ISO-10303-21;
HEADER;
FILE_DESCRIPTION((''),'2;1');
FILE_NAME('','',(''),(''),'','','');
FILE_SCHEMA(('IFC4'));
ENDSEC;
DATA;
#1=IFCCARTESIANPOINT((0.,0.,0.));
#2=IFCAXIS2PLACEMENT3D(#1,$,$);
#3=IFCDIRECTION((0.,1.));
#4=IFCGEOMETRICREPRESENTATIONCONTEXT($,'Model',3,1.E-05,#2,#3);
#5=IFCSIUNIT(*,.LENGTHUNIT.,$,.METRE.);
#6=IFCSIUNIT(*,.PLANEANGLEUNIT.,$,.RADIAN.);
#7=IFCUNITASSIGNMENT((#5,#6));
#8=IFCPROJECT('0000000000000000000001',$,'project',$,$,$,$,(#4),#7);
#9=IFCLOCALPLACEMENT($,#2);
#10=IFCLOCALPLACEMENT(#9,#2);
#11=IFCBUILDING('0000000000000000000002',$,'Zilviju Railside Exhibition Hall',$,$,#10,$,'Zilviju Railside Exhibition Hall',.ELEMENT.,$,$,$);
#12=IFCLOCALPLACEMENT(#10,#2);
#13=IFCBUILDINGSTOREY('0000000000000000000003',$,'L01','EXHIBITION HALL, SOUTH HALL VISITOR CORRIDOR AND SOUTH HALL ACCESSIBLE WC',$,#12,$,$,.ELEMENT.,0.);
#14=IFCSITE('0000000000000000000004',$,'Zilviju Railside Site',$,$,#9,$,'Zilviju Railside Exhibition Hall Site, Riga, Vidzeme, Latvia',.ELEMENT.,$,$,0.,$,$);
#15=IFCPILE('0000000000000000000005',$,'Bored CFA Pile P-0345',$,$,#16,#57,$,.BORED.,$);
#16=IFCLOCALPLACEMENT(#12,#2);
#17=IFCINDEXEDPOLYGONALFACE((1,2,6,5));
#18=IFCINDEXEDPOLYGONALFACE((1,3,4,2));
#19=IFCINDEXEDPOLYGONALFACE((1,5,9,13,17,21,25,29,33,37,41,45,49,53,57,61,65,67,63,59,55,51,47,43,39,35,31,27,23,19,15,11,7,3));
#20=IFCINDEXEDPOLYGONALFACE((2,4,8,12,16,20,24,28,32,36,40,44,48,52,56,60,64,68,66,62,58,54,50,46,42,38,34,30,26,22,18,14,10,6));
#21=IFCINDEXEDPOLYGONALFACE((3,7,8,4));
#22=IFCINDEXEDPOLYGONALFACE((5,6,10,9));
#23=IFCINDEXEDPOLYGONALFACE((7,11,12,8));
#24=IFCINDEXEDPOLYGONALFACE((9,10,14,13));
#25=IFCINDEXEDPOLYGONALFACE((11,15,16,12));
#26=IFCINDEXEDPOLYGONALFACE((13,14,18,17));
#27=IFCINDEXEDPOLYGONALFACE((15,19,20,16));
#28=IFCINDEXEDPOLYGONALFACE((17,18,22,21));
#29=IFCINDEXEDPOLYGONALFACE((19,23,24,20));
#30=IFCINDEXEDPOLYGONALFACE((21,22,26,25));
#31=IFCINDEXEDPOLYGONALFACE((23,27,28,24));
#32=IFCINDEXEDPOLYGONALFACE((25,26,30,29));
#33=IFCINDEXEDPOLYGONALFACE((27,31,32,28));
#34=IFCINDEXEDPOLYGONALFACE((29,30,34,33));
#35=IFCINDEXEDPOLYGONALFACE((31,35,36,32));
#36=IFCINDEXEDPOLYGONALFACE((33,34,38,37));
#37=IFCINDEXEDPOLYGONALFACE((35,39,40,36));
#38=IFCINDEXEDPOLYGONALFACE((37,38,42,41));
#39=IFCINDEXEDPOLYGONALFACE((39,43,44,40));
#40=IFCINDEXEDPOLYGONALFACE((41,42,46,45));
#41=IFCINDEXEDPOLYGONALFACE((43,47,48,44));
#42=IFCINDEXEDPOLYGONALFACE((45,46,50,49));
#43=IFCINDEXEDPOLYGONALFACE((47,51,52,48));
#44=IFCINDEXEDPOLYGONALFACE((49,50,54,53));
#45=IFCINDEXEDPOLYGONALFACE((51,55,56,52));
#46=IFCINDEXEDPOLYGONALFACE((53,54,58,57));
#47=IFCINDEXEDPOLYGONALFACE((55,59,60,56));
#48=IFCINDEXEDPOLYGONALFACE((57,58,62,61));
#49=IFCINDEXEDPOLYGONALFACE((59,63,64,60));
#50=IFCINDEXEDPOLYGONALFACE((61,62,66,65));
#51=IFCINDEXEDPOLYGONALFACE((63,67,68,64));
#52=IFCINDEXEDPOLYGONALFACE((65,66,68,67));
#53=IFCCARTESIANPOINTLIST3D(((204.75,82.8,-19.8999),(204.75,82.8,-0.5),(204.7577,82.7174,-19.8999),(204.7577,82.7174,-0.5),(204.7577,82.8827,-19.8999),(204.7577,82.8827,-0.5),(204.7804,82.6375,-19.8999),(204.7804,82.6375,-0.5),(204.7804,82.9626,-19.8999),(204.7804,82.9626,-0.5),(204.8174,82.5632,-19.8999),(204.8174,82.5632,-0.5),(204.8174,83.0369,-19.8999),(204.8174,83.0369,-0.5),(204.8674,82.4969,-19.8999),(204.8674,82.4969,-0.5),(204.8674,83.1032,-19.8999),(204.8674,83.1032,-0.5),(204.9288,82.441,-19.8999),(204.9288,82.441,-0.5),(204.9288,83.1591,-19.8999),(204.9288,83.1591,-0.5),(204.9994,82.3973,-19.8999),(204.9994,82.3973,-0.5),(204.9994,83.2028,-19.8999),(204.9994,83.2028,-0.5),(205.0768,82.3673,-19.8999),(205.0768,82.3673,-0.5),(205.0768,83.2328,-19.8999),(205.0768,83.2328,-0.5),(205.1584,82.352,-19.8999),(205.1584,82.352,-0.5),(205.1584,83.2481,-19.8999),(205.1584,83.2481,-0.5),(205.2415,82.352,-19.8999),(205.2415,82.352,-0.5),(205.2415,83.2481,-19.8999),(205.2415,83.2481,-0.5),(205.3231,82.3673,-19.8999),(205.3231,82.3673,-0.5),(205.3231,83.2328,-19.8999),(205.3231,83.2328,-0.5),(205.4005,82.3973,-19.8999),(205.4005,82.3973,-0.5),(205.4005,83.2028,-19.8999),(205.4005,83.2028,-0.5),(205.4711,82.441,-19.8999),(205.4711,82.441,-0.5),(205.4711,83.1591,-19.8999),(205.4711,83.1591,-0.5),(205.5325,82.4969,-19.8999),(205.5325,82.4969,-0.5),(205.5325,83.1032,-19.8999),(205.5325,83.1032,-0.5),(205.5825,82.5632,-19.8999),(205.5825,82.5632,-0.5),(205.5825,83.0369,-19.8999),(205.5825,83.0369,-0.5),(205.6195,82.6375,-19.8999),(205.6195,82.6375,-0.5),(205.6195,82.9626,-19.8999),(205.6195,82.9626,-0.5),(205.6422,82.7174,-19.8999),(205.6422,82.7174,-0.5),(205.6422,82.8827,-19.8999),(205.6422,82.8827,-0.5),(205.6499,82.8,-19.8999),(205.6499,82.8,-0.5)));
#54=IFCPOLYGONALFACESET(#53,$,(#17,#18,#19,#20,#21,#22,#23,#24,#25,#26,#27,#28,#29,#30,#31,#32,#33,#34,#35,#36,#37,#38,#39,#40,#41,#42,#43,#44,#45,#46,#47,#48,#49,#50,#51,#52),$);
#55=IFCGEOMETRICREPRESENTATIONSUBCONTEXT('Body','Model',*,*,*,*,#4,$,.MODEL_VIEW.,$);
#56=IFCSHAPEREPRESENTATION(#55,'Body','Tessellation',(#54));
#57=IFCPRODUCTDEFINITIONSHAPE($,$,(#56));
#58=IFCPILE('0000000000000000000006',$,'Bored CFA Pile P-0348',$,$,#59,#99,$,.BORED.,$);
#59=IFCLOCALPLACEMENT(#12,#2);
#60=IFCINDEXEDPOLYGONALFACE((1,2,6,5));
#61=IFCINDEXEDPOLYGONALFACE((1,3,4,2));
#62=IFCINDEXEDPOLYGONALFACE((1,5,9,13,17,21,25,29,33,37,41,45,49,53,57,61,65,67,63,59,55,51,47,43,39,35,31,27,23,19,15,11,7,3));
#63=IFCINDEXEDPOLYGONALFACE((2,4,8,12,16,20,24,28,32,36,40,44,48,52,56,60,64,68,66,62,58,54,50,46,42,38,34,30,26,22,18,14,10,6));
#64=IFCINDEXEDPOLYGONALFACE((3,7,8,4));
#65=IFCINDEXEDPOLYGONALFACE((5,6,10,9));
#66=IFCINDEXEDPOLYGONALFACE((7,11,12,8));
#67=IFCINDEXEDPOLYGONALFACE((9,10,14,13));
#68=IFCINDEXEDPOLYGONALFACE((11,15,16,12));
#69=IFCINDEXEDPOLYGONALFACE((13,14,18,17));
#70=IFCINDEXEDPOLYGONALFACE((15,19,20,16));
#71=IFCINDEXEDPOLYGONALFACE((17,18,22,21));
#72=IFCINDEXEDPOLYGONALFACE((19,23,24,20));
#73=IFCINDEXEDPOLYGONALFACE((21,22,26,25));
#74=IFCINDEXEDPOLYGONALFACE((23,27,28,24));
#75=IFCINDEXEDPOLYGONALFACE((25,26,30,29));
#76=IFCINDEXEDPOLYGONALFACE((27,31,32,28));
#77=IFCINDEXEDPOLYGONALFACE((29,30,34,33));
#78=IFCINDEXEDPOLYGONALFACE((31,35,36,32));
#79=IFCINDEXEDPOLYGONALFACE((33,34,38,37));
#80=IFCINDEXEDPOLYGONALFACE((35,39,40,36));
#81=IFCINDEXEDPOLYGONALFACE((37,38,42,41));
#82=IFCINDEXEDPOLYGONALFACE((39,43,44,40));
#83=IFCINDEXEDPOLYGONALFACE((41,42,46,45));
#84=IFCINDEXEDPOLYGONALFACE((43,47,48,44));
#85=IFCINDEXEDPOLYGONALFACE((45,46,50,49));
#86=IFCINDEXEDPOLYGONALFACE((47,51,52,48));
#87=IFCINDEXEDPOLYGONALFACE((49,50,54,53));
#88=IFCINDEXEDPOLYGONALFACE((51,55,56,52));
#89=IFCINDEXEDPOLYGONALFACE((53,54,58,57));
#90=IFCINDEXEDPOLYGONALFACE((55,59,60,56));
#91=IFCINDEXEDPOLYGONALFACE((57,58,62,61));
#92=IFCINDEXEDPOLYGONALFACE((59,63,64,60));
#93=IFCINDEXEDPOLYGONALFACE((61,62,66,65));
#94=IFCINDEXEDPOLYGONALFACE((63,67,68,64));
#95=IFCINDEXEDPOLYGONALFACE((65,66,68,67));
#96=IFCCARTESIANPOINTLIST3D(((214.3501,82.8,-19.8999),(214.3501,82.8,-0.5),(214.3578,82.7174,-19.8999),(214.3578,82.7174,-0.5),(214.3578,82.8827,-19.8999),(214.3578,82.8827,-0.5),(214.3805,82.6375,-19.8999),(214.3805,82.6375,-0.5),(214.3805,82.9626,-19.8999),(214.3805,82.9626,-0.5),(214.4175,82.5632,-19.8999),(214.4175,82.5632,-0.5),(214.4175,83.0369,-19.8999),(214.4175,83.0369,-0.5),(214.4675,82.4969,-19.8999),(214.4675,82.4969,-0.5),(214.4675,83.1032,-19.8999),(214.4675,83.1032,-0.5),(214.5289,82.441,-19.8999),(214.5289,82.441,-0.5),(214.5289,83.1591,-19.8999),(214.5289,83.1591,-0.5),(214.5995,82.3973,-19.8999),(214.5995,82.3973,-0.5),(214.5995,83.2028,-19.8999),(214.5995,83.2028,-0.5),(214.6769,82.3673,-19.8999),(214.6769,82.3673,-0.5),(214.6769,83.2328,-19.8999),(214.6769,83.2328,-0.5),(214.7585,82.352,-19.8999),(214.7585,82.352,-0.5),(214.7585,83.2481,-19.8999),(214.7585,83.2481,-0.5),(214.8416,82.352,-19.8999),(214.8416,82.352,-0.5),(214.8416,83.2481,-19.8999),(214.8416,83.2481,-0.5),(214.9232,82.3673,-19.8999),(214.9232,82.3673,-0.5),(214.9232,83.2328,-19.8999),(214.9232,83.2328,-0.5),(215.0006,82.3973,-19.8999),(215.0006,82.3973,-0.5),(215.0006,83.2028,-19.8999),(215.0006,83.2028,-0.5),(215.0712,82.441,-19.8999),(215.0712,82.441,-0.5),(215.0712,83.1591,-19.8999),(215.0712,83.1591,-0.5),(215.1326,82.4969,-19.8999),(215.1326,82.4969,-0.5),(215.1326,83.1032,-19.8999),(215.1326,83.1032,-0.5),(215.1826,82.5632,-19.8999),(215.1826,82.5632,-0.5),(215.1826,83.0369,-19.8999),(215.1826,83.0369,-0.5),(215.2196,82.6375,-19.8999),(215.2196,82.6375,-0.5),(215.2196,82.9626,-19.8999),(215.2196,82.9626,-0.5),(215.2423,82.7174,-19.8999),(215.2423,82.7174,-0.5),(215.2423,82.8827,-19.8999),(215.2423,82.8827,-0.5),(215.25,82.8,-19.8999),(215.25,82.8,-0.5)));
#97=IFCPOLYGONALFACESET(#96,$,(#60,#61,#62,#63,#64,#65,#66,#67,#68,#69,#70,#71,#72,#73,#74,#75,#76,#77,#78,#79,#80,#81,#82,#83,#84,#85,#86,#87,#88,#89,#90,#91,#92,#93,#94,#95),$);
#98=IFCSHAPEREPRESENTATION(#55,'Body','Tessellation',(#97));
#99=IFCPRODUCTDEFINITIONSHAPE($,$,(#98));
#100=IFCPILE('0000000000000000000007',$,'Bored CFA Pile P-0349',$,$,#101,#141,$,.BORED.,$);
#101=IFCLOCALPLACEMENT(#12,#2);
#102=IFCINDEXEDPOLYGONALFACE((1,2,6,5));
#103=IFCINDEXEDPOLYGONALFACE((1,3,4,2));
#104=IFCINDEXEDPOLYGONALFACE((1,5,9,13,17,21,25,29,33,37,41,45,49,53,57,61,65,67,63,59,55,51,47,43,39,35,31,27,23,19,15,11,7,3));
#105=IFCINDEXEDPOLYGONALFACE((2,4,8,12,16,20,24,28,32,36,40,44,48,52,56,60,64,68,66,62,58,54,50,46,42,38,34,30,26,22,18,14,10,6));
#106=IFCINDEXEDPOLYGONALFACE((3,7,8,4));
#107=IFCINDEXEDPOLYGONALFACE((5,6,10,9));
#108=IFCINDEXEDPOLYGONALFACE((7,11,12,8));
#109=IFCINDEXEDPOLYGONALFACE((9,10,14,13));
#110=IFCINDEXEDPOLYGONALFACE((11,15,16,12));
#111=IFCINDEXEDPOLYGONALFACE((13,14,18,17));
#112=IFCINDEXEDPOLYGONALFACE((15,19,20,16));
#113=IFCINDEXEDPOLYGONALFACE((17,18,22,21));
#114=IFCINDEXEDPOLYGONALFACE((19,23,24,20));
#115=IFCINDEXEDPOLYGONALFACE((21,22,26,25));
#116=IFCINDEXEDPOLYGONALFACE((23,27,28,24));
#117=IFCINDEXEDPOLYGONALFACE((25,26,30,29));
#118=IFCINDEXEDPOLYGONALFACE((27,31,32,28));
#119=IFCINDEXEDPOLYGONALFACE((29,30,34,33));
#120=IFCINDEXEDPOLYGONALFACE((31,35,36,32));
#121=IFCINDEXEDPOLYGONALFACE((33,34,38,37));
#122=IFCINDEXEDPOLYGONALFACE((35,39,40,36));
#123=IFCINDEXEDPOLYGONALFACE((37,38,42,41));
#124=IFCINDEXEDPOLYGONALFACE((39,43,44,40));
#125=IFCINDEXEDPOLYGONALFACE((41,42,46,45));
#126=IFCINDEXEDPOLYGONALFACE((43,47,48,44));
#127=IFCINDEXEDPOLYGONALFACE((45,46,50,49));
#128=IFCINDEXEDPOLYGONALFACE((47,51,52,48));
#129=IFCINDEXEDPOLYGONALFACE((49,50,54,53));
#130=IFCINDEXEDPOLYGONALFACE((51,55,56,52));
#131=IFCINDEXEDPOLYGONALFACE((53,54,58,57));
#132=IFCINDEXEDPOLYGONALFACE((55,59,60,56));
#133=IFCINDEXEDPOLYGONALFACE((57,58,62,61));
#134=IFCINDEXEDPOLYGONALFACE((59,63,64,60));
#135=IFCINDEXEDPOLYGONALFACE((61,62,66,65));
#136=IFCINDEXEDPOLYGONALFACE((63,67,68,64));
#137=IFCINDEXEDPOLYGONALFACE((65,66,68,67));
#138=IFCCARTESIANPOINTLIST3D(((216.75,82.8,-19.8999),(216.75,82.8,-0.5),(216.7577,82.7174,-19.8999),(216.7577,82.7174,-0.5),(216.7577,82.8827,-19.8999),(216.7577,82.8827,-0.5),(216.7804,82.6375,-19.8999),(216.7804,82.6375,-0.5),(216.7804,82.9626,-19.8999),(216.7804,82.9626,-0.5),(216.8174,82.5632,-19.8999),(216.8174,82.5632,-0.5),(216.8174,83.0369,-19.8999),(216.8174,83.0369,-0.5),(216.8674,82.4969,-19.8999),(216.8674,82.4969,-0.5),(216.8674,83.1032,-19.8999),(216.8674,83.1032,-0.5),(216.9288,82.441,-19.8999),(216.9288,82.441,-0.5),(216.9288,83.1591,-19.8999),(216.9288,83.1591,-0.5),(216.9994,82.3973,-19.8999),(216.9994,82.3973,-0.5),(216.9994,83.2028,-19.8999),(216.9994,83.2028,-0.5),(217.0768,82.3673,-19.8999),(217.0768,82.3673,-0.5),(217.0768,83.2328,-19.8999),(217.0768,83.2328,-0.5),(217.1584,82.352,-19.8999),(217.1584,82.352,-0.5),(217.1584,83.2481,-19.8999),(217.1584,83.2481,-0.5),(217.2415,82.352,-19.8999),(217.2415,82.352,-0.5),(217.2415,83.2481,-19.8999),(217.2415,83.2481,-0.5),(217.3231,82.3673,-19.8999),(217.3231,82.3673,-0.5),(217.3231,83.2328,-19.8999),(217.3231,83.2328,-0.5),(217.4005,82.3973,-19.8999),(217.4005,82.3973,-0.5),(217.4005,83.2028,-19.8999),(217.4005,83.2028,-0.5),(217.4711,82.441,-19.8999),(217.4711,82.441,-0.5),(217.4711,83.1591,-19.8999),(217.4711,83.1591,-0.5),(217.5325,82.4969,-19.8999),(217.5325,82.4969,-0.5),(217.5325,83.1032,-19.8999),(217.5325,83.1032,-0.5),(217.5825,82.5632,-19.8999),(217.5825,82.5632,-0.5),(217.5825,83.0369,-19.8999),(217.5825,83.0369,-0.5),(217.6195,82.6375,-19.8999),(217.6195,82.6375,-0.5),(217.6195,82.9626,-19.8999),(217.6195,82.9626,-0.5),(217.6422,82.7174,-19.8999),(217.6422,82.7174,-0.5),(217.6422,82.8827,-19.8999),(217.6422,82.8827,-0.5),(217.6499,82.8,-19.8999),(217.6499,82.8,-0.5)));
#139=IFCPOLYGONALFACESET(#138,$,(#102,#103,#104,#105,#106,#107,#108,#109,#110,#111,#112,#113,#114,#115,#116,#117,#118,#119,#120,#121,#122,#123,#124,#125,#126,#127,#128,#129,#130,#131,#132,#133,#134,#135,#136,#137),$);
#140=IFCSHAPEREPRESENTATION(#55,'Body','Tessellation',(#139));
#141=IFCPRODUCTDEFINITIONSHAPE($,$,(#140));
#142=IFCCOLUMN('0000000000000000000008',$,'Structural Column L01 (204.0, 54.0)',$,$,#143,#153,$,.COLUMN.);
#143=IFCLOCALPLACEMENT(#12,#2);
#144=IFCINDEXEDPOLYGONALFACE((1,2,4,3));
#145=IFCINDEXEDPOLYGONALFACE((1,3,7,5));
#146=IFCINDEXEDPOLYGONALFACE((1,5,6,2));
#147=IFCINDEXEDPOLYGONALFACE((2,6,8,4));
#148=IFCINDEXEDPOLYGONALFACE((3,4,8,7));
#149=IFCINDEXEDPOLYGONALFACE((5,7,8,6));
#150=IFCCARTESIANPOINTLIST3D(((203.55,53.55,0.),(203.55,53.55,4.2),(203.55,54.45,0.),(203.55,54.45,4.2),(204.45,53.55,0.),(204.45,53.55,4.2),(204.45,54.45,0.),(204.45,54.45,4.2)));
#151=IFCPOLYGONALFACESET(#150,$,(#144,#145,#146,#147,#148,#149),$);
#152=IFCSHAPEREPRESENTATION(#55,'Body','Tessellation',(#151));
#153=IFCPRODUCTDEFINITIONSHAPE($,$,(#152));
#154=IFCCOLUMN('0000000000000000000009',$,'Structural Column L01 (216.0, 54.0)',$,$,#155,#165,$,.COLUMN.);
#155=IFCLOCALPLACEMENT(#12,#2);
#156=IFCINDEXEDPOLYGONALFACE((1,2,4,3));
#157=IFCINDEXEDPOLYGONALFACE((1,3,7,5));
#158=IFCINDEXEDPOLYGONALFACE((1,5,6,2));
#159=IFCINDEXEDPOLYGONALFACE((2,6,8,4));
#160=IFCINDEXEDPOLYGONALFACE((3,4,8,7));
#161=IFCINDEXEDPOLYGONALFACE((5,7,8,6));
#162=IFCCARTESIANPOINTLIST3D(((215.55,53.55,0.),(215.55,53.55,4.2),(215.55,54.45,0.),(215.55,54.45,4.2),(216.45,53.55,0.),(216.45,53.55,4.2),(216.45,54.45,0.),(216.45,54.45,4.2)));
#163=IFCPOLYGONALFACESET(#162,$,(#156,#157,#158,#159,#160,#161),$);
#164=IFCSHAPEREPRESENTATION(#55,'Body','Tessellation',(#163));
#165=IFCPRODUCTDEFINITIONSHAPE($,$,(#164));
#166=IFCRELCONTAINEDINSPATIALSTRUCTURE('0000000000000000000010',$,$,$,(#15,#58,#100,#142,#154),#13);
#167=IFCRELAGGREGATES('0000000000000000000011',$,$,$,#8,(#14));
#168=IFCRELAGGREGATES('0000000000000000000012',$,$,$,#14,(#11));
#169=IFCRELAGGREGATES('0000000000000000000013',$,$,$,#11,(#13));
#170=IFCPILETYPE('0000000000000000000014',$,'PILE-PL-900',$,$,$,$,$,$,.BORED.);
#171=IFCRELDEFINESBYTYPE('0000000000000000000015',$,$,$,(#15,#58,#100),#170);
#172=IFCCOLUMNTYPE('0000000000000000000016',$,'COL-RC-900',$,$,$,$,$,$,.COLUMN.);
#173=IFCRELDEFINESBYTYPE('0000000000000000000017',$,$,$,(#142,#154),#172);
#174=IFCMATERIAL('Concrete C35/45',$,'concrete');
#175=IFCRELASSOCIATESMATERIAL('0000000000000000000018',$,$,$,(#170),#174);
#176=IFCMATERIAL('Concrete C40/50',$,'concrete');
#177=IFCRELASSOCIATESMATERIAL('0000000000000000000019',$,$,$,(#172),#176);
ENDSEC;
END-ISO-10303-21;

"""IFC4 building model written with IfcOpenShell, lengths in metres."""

from ifc_helpers import new_model, si_unit, direction, frame, origin, origin_2d, place, context, subcontext, project, spatial, rectangle, circle, extrude, material, material_profile, profile_set, type_object, element, save


model = new_model("IFC4")

# Units and contexts
model_context = context("Model", 3, precision=1e-05, world=origin(), true_north=direction((0.0, 1.0)))
body_context = subcontext(model_context, "Body", "Model", "MODEL_VIEW")
ifc_project = project(units=[si_unit("LENGTHUNIT", "METRE"), si_unit("PLANEANGLEUNIT", "RADIAN")], contexts=[model_context])

# Site, building, storey
site_placement = place(None, origin())
site = spatial("IfcSite", under=ifc_project, at=site_placement, Name="Zilviju Railside Site", LongName="Zilviju Railside Exhibition Hall Site, Riga, Vidzeme, Latvia", CompositionType="ELEMENT", RefElevation=0.0)
building_placement = place(site_placement, origin())
building = spatial("IfcBuilding", under=site, at=building_placement, Name="Zilviju Railside Exhibition Hall", LongName="Zilviju Railside Exhibition Hall", CompositionType="ELEMENT")
storey_placement = place(building_placement, origin())
storey = spatial("IfcBuildingStorey", under=building, at=storey_placement, Name="L01", Description="EXHIBITION HALL, SOUTH HALL VISITOR CORRIDOR AND SOUTH HALL ACCESSIBLE WC", CompositionType="ELEMENT", Elevation=0.0)

# Shared definitions
ifc_material_1 = material(Name="Concrete C35/45", Category="concrete")

# Piles
ifc_material_profile_1 = material_profile(ifc_material_1, circle(Radius=0.45, at=origin_2d()), Name="CFA PILE D900")
ifc_profile_set_1 = profile_set([ifc_material_profile_1], Name="Concrete C35/45")
pile_type = type_object("IfcPileType", Name="PILE-PL-900", PredefinedType="BORED", material=ifc_profile_set_1)
for number, where, z_axis, x_axis, name in (
    (1, (205.2, 82.8, -0.5), (0.0, 0.0, -1.0), (1.0, 0.0, 0.0), "Bored CFA Pile P-0345"),
    (2, (214.8, 82.8, -0.5), (0.0, 0.0, -1.0), (1.0, 0.0, 0.0), "Bored CFA Pile P-0348"),
    (3, (217.2, 82.8, -0.5), (0.0, 0.0, -1.0), (1.0, 0.0, 0.0), "Bored CFA Pile P-0349"),
):
    element("IfcPile", number, at=place(storey_placement, frame(where, z_axis=z_axis, x_axis=x_axis)), inside=storey, type_object=pile_type, Name=name, PredefinedType="BORED", context=body_context, shape_type="SweptSolid", body=[
        extrude(circle(Radius=0.45, at=origin_2d()), origin(), (0.0, 0.0, 1.0), 19.3999),
    ])

# Columns
ifc_material_2 = material(Name="Concrete C40/50", Category="concrete")
ifc_material_profile_2 = material_profile(ifc_material_2, rectangle(XDim=0.8999, YDim=0.8999, at=origin_2d()), Name="RC COL 900x900")
ifc_profile_set_2 = profile_set([ifc_material_profile_2], Name="Concrete C40/50")
column_type = type_object("IfcColumnType", Name="COL-RC-900", PredefinedType="COLUMN", material=ifc_profile_set_2)
for number, where, z_axis, x_axis, name in (
    (4, (204.0, 54.0, 0.0), (0.0, 0.0, 1.0), (1.0, 0.0, 0.0), "Structural Column L01 (204.0, 54.0)"),
    (5, (216.0, 54.0, 0.0), (0.0, 0.0, 1.0), (1.0, 0.0, 0.0), "Structural Column L01 (216.0, 54.0)"),
):
    element("IfcColumn", number, at=place(storey_placement, frame(where, z_axis=z_axis, x_axis=x_axis)), inside=storey, type_object=column_type, Name=name, PredefinedType="COLUMN", context=body_context, shape_type="SweptSolid", body=[
        extrude(rectangle(XDim=0.8999, YDim=0.8999, at=origin_2d()), origin(), (0.0, 0.0, 1.0), 4.2),
    ])

save(model, "model.ifc")
